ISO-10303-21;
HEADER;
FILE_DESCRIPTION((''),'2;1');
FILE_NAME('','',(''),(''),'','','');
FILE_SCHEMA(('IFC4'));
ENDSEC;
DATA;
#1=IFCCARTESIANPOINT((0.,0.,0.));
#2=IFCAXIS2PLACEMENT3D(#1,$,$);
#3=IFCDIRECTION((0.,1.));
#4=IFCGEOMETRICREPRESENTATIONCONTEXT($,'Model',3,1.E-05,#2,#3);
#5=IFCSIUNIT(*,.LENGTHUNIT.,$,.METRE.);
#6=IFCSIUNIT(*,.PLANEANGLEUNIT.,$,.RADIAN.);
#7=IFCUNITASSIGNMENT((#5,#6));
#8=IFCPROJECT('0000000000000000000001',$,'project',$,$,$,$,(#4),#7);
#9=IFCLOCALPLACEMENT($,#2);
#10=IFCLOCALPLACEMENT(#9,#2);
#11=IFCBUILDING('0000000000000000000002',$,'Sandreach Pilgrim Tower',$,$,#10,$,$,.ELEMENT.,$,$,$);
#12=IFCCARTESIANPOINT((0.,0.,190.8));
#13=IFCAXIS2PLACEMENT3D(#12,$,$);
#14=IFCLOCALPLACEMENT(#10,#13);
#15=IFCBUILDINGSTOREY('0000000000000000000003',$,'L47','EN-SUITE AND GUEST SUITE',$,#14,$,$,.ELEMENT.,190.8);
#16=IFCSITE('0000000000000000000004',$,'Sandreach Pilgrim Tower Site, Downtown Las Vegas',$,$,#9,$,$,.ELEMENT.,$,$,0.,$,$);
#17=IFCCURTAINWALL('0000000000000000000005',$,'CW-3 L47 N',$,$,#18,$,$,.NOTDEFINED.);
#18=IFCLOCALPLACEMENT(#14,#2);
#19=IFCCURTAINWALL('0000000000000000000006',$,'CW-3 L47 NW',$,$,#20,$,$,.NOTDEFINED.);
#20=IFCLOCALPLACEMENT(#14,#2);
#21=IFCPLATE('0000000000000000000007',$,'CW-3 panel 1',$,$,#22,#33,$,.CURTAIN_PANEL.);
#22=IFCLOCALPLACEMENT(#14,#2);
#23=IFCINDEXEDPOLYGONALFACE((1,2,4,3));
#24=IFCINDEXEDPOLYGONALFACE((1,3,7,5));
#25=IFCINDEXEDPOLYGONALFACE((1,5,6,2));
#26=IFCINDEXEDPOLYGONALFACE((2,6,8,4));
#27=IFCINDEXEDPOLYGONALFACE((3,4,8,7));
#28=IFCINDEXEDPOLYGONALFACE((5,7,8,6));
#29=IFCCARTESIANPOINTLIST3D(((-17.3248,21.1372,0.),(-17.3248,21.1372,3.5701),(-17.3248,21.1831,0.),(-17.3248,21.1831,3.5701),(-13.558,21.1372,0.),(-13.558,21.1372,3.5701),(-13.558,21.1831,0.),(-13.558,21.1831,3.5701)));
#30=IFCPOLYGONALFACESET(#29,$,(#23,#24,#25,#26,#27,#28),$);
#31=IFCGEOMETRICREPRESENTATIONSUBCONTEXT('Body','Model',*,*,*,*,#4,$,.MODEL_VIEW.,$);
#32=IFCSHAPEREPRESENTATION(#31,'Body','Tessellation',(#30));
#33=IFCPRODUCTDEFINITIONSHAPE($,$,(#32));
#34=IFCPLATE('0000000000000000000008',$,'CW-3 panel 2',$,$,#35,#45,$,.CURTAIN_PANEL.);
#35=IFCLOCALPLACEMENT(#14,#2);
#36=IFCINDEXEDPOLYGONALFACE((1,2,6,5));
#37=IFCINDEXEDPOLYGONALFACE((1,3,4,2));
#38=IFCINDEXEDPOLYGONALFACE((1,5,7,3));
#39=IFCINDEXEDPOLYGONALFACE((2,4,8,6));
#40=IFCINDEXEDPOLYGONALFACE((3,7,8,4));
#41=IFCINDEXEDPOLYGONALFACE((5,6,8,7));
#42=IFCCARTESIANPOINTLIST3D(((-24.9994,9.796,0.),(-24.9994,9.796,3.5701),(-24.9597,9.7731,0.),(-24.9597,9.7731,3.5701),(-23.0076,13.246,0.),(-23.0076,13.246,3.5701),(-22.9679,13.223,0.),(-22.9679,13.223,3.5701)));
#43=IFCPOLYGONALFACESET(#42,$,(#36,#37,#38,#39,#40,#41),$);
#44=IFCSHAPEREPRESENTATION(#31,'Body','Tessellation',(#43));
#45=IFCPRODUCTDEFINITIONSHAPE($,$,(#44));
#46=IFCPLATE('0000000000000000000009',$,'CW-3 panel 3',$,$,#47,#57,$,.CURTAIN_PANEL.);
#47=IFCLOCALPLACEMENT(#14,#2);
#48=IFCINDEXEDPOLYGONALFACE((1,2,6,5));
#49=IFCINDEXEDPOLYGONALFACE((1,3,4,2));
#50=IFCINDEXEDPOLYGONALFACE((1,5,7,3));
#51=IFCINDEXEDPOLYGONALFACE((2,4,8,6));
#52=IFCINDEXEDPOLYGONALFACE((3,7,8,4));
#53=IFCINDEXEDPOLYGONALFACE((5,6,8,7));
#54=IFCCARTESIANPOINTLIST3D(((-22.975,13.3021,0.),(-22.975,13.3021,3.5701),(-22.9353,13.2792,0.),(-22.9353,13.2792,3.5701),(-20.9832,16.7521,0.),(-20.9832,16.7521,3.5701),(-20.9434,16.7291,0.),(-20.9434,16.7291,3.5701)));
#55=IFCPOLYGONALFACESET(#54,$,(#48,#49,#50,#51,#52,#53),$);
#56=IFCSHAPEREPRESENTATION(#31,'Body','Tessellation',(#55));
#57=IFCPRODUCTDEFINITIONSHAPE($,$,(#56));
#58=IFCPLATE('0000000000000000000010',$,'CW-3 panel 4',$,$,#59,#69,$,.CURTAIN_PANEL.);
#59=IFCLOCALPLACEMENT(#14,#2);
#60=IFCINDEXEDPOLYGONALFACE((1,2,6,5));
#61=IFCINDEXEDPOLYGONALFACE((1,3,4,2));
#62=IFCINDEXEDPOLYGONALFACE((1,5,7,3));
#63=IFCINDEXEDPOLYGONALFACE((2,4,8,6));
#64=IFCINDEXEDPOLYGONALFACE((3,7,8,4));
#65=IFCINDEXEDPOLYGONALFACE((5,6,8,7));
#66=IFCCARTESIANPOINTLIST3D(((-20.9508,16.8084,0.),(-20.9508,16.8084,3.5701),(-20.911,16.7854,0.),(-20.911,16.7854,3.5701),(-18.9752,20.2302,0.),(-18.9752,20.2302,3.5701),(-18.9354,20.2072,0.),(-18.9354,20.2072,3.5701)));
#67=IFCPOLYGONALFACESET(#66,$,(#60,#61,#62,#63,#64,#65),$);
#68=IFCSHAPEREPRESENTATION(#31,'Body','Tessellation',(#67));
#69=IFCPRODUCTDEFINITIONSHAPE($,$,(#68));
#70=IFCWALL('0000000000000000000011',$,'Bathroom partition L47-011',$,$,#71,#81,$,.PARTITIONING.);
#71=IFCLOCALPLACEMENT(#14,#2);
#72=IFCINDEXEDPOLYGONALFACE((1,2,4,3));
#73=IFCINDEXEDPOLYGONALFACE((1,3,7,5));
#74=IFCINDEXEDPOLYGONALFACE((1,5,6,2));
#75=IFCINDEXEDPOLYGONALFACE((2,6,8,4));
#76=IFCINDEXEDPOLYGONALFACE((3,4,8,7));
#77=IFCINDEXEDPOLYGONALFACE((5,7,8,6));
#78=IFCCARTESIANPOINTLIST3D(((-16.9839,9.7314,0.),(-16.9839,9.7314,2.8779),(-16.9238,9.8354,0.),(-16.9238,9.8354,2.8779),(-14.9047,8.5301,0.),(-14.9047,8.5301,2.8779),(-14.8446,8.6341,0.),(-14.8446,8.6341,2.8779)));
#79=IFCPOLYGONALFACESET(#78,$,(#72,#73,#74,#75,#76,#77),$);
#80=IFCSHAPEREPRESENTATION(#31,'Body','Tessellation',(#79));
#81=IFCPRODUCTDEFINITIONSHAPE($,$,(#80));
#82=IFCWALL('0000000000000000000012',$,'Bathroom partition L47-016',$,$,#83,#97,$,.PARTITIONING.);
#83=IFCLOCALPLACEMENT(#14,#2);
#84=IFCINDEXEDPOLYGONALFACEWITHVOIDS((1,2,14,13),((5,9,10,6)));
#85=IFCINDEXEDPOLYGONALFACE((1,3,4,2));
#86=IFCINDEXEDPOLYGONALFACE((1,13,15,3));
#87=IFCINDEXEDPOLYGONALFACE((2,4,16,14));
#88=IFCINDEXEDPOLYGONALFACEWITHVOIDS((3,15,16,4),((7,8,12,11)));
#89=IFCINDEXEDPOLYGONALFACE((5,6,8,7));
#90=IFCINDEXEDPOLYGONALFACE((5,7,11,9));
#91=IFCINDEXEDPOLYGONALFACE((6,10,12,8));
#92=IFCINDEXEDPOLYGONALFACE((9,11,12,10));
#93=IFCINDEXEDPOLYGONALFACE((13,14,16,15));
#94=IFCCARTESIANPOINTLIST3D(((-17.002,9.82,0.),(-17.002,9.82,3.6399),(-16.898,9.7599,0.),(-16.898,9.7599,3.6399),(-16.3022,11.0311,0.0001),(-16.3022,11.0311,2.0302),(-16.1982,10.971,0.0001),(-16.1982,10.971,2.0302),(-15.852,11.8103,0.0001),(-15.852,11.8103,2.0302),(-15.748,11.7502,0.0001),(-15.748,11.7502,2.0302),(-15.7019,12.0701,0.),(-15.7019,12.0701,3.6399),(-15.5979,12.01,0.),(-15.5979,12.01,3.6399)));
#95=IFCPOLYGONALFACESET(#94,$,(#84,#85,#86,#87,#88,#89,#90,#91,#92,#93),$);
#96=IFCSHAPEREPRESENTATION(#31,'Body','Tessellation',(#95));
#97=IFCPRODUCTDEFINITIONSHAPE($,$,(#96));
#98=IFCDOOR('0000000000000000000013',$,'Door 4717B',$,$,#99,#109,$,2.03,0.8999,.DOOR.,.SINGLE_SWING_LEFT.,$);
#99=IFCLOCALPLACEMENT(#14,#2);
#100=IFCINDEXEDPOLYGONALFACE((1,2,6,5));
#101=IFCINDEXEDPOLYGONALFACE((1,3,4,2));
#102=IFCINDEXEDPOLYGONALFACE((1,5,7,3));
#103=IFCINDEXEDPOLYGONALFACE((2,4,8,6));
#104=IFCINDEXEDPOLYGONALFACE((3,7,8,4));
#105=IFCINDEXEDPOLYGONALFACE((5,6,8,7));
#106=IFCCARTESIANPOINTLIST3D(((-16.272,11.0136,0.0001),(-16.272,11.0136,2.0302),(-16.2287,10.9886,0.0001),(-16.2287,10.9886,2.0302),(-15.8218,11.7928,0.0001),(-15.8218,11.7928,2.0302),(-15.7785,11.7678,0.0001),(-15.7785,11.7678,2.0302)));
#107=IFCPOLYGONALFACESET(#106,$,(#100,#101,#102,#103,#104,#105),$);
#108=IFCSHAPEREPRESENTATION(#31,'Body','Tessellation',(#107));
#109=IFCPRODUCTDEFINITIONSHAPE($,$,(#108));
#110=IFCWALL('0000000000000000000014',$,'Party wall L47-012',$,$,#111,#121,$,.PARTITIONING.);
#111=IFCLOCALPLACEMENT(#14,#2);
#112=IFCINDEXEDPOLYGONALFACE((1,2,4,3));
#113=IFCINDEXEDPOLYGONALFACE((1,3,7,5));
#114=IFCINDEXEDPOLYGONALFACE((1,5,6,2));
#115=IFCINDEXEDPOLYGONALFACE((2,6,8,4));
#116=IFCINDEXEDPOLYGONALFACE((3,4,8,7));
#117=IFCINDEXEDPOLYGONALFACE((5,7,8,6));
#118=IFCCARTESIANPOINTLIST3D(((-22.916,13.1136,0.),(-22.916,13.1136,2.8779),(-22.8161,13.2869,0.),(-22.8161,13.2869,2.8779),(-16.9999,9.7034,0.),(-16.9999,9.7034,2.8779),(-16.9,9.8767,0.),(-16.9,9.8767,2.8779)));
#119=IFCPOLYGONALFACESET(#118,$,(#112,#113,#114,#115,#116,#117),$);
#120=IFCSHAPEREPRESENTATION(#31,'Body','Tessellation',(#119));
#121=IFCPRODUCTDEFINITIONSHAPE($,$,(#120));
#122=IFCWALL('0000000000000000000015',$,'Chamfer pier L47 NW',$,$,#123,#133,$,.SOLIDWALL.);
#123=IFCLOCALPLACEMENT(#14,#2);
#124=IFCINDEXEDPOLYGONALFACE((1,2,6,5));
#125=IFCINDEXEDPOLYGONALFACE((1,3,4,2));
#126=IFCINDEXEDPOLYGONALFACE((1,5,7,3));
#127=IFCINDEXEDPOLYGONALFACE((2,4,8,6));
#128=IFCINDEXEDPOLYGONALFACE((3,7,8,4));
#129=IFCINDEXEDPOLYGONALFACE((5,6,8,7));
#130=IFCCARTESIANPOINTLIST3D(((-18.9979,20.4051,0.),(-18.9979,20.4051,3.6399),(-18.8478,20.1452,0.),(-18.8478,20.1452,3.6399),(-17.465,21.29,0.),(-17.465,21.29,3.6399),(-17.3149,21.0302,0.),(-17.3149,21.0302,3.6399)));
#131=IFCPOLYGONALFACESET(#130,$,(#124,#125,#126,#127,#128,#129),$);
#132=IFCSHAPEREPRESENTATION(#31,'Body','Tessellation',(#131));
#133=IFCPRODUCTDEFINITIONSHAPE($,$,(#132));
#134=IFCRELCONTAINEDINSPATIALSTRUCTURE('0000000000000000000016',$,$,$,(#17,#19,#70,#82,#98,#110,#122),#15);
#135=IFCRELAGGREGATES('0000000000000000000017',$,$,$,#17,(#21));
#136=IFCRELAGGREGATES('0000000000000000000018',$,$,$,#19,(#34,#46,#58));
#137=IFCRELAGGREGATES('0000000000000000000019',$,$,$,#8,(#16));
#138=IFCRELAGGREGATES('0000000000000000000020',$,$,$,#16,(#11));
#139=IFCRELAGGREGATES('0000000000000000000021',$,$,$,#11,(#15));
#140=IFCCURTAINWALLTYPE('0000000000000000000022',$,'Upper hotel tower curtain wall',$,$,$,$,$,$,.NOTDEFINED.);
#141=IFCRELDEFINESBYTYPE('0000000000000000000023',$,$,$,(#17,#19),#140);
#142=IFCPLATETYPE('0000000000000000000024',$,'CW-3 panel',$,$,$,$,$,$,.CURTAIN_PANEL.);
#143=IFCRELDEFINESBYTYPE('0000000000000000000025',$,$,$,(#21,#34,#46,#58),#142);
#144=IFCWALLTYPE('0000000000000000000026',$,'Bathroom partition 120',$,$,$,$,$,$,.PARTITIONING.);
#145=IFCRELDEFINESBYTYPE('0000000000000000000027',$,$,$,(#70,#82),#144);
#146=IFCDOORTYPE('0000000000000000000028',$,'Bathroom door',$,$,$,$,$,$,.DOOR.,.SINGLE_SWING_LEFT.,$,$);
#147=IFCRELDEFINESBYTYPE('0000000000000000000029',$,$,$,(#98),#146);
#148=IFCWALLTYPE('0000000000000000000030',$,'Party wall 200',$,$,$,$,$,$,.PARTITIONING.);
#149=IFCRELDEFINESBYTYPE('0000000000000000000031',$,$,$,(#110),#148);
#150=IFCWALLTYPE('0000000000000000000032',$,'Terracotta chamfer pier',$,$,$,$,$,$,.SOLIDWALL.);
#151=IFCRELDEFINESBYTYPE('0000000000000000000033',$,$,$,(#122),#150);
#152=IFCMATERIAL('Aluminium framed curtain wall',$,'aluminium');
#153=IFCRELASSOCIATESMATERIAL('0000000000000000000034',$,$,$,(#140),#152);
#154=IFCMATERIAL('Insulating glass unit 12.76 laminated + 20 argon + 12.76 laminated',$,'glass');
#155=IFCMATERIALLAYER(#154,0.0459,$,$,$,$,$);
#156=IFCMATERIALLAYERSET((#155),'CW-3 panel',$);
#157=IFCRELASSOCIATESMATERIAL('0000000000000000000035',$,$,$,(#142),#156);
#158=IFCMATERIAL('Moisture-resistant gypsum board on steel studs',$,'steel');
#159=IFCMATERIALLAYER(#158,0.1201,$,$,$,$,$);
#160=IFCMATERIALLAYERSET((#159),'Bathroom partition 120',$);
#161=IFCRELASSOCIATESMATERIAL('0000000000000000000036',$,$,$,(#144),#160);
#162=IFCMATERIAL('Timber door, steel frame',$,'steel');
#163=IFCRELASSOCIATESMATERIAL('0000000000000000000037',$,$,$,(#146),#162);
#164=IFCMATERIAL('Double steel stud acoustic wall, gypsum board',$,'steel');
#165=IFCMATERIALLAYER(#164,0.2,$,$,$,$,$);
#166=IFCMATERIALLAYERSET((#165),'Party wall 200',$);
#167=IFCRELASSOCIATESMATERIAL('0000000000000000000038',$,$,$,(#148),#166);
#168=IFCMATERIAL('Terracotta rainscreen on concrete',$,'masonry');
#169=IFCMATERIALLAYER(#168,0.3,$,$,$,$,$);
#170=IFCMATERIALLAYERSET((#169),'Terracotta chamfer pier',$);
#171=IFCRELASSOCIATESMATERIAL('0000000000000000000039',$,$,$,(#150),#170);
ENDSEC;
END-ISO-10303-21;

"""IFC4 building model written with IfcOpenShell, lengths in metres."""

from ifc_helpers import new_model, si_unit, direction, frame, frame_2d, origin, origin_2d, place, context, subcontext, project, spatial, rectangle, extrude, material, layer, layer_set, type_object, element, fill, aggregate, save


model = new_model("IFC4")

# Units and contexts
model_context = context("Model", 3, precision=1e-05, world=origin(), true_north=direction((0.0, 1.0)))
body_context = subcontext(model_context, "Body", "Model", "MODEL_VIEW")
ifc_project = project(units=[si_unit("LENGTHUNIT", "METRE"), si_unit("PLANEANGLEUNIT", "RADIAN")], contexts=[model_context])

# Site, building, storey
site_placement = place(None, origin())
site = spatial("IfcSite", under=ifc_project, at=site_placement, Name="Sandreach Pilgrim Tower Site, Downtown Las Vegas", CompositionType="ELEMENT", RefElevation=0.0)
building_placement = place(site_placement, origin())
building = spatial("IfcBuilding", under=site, at=building_placement, Name="Sandreach Pilgrim Tower", CompositionType="ELEMENT")
storey_placement = place(building_placement, frame((0.0, 0.0, 190.8)))
storey = spatial("IfcBuildingStorey", under=building, at=storey_placement, Name="L47", Description="EN-SUITE AND GUEST SUITE", CompositionType="ELEMENT", Elevation=190.8)

# Curtain wall
ifc_material_1 = material(Name="Aluminium framed curtain wall", Category="aluminium")
curtain_wall_type = type_object("IfcCurtainWallType", Name="Upper hotel tower curtain wall", PredefinedType="NOTDEFINED", material=ifc_material_1)
curtain_wall_1_placement = place(storey_placement, origin())
curtain_wall_1 = element("IfcCurtainWall", 1, at=curtain_wall_1_placement, inside=storey, type_object=curtain_wall_type, Name="CW-3 L47 N", PredefinedType="NOTDEFINED")

# Curtain wall
curtain_wall_2_placement = place(storey_placement, origin())
curtain_wall_2 = element("IfcCurtainWall", 2, at=curtain_wall_2_placement, inside=storey, type_object=curtain_wall_type, Name="CW-3 L47 NW", PredefinedType="NOTDEFINED")

# Plates
ifc_material_2 = material(Name="Insulating glass unit 12.76 laminated + 20 argon + 12.76 laminated", Category="glass")
ifc_layer_1 = layer(ifc_material_2, 0.0459)
ifc_layer_set_1 = layer_set([ifc_layer_1], Name="CW-3 panel")
plate_type = type_object("IfcPlateType", Name="CW-3 panel", PredefinedType="CURTAIN_PANEL", material=ifc_layer_set_1)
plate_1_placement = place(storey_placement, frame((-15.4414, 21.1602, 0.0), z_axis=(0.0, 0.0, 1.0), x_axis=(1.0, 0.0, 0.0)))
plate_1 = element("IfcPlate", 3, at=plate_1_placement, type_object=plate_type, Name="CW-3 panel 1", PredefinedType="CURTAIN_PANEL", context=body_context, shape_type="SweptSolid", body=[
    extrude(rectangle(XDim=3.7668, YDim=0.0459, at=origin_2d()), origin(), (0.0, 0.0, 1.0), 3.5701),
])
aggregate(curtain_wall_1, [plate_1])
plate_2_placement = place(storey_placement, frame((-23.9836, 11.5095, 0.0), z_axis=(0.0, 0.0, 1.0), x_axis=(0.5, 0.866025, 0.0)))
plate_2 = element("IfcPlate", 4, at=plate_2_placement, type_object=plate_type, Name="CW-3 panel 2", PredefinedType="CURTAIN_PANEL", context=body_context, shape_type="SweptSolid", body=[
    extrude(rectangle(XDim=3.9836, YDim=0.0459, at=origin_2d()), origin(), (0.0, 0.0, 1.0), 3.5701),
])
plate_3_placement = place(storey_placement, frame((-21.9592, 15.0156, 0.0), z_axis=(0.0, 0.0, 1.0), x_axis=(0.5, 0.866025, 0.0)))
plate_3 = element("IfcPlate", 5, at=plate_3_placement, type_object=plate_type, Name="CW-3 panel 3", PredefinedType="CURTAIN_PANEL", context=body_context, shape_type="SweptSolid", body=[
    extrude(rectangle(XDim=3.9836, YDim=0.0459, at=origin_2d()), origin(), (0.0, 0.0, 1.0), 3.5701),
])
plate_4_placement = place(storey_placement, frame((-19.9431, 18.5078, 0.0), z_axis=(0.0, 0.0, 1.0), x_axis=(0.5, 0.866025, 0.0)))
plate_4 = element("IfcPlate", 6, at=plate_4_placement, type_object=plate_type, Name="CW-3 panel 4", PredefinedType="CURTAIN_PANEL", context=body_context, shape_type="SweptSolid", body=[
    extrude(rectangle(XDim=3.9512, YDim=0.0459, at=origin_2d()), origin(), (0.0, 0.0, 1.0), 3.5701),
])
aggregate(curtain_wall_2, [plate_2, plate_3, plate_4])

# Wall
ifc_material_3 = material(Name="Moisture-resistant gypsum board on steel studs", Category="steel")
ifc_layer_2 = layer(ifc_material_3, 0.1201)
ifc_layer_set_2 = layer_set([ifc_layer_2], Name="Bathroom partition 120")
wall_type_1 = type_object("IfcWallType", Name="Bathroom partition 120", PredefinedType="PARTITIONING", material=ifc_layer_set_2)
wall_1_placement = place(storey_placement, frame((-16.9539, 9.7834, 0.0), z_axis=(0.0, 0.0, 1.0), x_axis=(0.865862, -0.500283, 0.0)))
element("IfcWall", 7, at=wall_1_placement, inside=storey, type_object=wall_type_1, Name="Bathroom partition L47-011", PredefinedType="PARTITIONING", context=body_context, shape_type="SweptSolid", body=[
    extrude(rectangle(XDim=2.4014, YDim=0.1201, at=frame_2d((1.2007, 0.0))), origin(), (0.0, 0.0, 1.0), 2.8779),
])

# Wall, opening, door
wall_2_placement = place(storey_placement, frame((-15.6499, 12.04, 0.0), z_axis=(0.0, 0.0, 1.0), x_axis=(-0.500292, -0.865857, 0.0)))
wall_2 = element("IfcWall", 8, at=wall_2_placement, inside=storey, type_object=wall_type_1, Name="Bathroom partition L47-016", PredefinedType="PARTITIONING", context=body_context, shape_type="SweptSolid", body=[
    extrude(rectangle(XDim=2.5986, YDim=0.1201, at=frame_2d((1.2993, 0.0))), origin(), (0.0, 0.0, 1.0), 3.6399),
])
opening_placement = place(wall_2_placement, frame((0.3, 0.0, 0.0)))
opening = element("IfcOpeningElement", 9, at=opening_placement, cuts=wall_2, PredefinedType="OPENING", context=body_context, shape_type="SweptSolid", body=[
    extrude(rectangle(XDim=0.8999, YDim=2.03, at=frame_2d((0.45, 1.0151))), frame((0.0, 0.0601, 0.0), z_axis=(0.0, -1.0, 0.0), x_axis=(1.0, 0.0, 0.0)), (0.0, 0.0, 1.0), 0.1201),
])
ifc_material_4 = material(Name="Timber door, steel frame", Category="steel")
door_type = type_object("IfcDoorType", Name="Bathroom door", OperationType="SINGLE_SWING_LEFT", PredefinedType="DOOR", material=ifc_material_4)
door_placement = place(opening_placement, origin())
door = element("IfcDoor", 10, at=door_placement, inside=storey, type_object=door_type, Name="Door 4717B", OperationType="SINGLE_SWING_LEFT", OverallHeight=2.03, OverallWidth=0.8999, PredefinedType="DOOR", context=body_context, shape_type="SweptSolid", body=[
    extrude(rectangle(XDim=0.8999, YDim=2.03, at=frame_2d((0.45, 1.0151))), frame((0.0, 0.0249, 0.0), z_axis=(0.0, -1.0, 0.0), x_axis=(1.0, 0.0, 0.0)), (0.0, 0.0, 1.0), 0.05),
])
fill(opening, door)

# Walls
ifc_material_5 = material(Name="Double steel stud acoustic wall, gypsum board", Category="steel")
ifc_layer_3 = layer(ifc_material_5, 0.2)
ifc_layer_set_3 = layer_set([ifc_layer_3], Name="Party wall 200")
wall_type_2 = type_object("IfcWallType", Name="Party wall 200", PredefinedType="PARTITIONING", material=ifc_layer_set_3)
wall_3_placement = place(storey_placement, frame((-16.95, 9.79, 0.0), z_axis=(0.0, 0.0, 1.0), x_axis=(-0.866371, 0.499401, 0.0)))
element("IfcWall", 11, at=wall_3_placement, inside=storey, type_object=wall_type_2, Name="Party wall L47-012", PredefinedType="PARTITIONING", context=body_context, shape_type="SweptSolid", body=[
    extrude(rectangle(XDim=6.8286, YDim=0.2, at=frame_2d((3.4143, 0.0))), origin(), (0.0, 0.0, 1.0), 2.8779),
])
ifc_material_6 = material(Name="Terracotta rainscreen on concrete", Category="masonry")
ifc_layer_4 = layer(ifc_material_6, 0.3)
ifc_layer_set_4 = layer_set([ifc_layer_4], Name="Terracotta chamfer pier")
wall_type_3 = type_object("IfcWallType", Name="Terracotta chamfer pier", PredefinedType="SOLIDWALL", material=ifc_layer_set_4)
wall_4_placement = place(storey_placement, frame((-18.9229, 20.2751, 0.0), z_axis=(0.0, 0.0, 1.0), x_axis=(0.866036, 0.499981, 0.0)))
element("IfcWall", 12, at=wall_4_placement, inside=storey, type_object=wall_type_3, Name="Chamfer pier L47 NW", PredefinedType="SOLIDWALL", context=body_context, shape_type="SweptSolid", body=[
    extrude(rectangle(XDim=1.77, YDim=0.3, at=frame_2d((0.885, 0.0))), origin(), (0.0, 0.0, 1.0), 3.6399),
])

save(model, "model.ifc")
